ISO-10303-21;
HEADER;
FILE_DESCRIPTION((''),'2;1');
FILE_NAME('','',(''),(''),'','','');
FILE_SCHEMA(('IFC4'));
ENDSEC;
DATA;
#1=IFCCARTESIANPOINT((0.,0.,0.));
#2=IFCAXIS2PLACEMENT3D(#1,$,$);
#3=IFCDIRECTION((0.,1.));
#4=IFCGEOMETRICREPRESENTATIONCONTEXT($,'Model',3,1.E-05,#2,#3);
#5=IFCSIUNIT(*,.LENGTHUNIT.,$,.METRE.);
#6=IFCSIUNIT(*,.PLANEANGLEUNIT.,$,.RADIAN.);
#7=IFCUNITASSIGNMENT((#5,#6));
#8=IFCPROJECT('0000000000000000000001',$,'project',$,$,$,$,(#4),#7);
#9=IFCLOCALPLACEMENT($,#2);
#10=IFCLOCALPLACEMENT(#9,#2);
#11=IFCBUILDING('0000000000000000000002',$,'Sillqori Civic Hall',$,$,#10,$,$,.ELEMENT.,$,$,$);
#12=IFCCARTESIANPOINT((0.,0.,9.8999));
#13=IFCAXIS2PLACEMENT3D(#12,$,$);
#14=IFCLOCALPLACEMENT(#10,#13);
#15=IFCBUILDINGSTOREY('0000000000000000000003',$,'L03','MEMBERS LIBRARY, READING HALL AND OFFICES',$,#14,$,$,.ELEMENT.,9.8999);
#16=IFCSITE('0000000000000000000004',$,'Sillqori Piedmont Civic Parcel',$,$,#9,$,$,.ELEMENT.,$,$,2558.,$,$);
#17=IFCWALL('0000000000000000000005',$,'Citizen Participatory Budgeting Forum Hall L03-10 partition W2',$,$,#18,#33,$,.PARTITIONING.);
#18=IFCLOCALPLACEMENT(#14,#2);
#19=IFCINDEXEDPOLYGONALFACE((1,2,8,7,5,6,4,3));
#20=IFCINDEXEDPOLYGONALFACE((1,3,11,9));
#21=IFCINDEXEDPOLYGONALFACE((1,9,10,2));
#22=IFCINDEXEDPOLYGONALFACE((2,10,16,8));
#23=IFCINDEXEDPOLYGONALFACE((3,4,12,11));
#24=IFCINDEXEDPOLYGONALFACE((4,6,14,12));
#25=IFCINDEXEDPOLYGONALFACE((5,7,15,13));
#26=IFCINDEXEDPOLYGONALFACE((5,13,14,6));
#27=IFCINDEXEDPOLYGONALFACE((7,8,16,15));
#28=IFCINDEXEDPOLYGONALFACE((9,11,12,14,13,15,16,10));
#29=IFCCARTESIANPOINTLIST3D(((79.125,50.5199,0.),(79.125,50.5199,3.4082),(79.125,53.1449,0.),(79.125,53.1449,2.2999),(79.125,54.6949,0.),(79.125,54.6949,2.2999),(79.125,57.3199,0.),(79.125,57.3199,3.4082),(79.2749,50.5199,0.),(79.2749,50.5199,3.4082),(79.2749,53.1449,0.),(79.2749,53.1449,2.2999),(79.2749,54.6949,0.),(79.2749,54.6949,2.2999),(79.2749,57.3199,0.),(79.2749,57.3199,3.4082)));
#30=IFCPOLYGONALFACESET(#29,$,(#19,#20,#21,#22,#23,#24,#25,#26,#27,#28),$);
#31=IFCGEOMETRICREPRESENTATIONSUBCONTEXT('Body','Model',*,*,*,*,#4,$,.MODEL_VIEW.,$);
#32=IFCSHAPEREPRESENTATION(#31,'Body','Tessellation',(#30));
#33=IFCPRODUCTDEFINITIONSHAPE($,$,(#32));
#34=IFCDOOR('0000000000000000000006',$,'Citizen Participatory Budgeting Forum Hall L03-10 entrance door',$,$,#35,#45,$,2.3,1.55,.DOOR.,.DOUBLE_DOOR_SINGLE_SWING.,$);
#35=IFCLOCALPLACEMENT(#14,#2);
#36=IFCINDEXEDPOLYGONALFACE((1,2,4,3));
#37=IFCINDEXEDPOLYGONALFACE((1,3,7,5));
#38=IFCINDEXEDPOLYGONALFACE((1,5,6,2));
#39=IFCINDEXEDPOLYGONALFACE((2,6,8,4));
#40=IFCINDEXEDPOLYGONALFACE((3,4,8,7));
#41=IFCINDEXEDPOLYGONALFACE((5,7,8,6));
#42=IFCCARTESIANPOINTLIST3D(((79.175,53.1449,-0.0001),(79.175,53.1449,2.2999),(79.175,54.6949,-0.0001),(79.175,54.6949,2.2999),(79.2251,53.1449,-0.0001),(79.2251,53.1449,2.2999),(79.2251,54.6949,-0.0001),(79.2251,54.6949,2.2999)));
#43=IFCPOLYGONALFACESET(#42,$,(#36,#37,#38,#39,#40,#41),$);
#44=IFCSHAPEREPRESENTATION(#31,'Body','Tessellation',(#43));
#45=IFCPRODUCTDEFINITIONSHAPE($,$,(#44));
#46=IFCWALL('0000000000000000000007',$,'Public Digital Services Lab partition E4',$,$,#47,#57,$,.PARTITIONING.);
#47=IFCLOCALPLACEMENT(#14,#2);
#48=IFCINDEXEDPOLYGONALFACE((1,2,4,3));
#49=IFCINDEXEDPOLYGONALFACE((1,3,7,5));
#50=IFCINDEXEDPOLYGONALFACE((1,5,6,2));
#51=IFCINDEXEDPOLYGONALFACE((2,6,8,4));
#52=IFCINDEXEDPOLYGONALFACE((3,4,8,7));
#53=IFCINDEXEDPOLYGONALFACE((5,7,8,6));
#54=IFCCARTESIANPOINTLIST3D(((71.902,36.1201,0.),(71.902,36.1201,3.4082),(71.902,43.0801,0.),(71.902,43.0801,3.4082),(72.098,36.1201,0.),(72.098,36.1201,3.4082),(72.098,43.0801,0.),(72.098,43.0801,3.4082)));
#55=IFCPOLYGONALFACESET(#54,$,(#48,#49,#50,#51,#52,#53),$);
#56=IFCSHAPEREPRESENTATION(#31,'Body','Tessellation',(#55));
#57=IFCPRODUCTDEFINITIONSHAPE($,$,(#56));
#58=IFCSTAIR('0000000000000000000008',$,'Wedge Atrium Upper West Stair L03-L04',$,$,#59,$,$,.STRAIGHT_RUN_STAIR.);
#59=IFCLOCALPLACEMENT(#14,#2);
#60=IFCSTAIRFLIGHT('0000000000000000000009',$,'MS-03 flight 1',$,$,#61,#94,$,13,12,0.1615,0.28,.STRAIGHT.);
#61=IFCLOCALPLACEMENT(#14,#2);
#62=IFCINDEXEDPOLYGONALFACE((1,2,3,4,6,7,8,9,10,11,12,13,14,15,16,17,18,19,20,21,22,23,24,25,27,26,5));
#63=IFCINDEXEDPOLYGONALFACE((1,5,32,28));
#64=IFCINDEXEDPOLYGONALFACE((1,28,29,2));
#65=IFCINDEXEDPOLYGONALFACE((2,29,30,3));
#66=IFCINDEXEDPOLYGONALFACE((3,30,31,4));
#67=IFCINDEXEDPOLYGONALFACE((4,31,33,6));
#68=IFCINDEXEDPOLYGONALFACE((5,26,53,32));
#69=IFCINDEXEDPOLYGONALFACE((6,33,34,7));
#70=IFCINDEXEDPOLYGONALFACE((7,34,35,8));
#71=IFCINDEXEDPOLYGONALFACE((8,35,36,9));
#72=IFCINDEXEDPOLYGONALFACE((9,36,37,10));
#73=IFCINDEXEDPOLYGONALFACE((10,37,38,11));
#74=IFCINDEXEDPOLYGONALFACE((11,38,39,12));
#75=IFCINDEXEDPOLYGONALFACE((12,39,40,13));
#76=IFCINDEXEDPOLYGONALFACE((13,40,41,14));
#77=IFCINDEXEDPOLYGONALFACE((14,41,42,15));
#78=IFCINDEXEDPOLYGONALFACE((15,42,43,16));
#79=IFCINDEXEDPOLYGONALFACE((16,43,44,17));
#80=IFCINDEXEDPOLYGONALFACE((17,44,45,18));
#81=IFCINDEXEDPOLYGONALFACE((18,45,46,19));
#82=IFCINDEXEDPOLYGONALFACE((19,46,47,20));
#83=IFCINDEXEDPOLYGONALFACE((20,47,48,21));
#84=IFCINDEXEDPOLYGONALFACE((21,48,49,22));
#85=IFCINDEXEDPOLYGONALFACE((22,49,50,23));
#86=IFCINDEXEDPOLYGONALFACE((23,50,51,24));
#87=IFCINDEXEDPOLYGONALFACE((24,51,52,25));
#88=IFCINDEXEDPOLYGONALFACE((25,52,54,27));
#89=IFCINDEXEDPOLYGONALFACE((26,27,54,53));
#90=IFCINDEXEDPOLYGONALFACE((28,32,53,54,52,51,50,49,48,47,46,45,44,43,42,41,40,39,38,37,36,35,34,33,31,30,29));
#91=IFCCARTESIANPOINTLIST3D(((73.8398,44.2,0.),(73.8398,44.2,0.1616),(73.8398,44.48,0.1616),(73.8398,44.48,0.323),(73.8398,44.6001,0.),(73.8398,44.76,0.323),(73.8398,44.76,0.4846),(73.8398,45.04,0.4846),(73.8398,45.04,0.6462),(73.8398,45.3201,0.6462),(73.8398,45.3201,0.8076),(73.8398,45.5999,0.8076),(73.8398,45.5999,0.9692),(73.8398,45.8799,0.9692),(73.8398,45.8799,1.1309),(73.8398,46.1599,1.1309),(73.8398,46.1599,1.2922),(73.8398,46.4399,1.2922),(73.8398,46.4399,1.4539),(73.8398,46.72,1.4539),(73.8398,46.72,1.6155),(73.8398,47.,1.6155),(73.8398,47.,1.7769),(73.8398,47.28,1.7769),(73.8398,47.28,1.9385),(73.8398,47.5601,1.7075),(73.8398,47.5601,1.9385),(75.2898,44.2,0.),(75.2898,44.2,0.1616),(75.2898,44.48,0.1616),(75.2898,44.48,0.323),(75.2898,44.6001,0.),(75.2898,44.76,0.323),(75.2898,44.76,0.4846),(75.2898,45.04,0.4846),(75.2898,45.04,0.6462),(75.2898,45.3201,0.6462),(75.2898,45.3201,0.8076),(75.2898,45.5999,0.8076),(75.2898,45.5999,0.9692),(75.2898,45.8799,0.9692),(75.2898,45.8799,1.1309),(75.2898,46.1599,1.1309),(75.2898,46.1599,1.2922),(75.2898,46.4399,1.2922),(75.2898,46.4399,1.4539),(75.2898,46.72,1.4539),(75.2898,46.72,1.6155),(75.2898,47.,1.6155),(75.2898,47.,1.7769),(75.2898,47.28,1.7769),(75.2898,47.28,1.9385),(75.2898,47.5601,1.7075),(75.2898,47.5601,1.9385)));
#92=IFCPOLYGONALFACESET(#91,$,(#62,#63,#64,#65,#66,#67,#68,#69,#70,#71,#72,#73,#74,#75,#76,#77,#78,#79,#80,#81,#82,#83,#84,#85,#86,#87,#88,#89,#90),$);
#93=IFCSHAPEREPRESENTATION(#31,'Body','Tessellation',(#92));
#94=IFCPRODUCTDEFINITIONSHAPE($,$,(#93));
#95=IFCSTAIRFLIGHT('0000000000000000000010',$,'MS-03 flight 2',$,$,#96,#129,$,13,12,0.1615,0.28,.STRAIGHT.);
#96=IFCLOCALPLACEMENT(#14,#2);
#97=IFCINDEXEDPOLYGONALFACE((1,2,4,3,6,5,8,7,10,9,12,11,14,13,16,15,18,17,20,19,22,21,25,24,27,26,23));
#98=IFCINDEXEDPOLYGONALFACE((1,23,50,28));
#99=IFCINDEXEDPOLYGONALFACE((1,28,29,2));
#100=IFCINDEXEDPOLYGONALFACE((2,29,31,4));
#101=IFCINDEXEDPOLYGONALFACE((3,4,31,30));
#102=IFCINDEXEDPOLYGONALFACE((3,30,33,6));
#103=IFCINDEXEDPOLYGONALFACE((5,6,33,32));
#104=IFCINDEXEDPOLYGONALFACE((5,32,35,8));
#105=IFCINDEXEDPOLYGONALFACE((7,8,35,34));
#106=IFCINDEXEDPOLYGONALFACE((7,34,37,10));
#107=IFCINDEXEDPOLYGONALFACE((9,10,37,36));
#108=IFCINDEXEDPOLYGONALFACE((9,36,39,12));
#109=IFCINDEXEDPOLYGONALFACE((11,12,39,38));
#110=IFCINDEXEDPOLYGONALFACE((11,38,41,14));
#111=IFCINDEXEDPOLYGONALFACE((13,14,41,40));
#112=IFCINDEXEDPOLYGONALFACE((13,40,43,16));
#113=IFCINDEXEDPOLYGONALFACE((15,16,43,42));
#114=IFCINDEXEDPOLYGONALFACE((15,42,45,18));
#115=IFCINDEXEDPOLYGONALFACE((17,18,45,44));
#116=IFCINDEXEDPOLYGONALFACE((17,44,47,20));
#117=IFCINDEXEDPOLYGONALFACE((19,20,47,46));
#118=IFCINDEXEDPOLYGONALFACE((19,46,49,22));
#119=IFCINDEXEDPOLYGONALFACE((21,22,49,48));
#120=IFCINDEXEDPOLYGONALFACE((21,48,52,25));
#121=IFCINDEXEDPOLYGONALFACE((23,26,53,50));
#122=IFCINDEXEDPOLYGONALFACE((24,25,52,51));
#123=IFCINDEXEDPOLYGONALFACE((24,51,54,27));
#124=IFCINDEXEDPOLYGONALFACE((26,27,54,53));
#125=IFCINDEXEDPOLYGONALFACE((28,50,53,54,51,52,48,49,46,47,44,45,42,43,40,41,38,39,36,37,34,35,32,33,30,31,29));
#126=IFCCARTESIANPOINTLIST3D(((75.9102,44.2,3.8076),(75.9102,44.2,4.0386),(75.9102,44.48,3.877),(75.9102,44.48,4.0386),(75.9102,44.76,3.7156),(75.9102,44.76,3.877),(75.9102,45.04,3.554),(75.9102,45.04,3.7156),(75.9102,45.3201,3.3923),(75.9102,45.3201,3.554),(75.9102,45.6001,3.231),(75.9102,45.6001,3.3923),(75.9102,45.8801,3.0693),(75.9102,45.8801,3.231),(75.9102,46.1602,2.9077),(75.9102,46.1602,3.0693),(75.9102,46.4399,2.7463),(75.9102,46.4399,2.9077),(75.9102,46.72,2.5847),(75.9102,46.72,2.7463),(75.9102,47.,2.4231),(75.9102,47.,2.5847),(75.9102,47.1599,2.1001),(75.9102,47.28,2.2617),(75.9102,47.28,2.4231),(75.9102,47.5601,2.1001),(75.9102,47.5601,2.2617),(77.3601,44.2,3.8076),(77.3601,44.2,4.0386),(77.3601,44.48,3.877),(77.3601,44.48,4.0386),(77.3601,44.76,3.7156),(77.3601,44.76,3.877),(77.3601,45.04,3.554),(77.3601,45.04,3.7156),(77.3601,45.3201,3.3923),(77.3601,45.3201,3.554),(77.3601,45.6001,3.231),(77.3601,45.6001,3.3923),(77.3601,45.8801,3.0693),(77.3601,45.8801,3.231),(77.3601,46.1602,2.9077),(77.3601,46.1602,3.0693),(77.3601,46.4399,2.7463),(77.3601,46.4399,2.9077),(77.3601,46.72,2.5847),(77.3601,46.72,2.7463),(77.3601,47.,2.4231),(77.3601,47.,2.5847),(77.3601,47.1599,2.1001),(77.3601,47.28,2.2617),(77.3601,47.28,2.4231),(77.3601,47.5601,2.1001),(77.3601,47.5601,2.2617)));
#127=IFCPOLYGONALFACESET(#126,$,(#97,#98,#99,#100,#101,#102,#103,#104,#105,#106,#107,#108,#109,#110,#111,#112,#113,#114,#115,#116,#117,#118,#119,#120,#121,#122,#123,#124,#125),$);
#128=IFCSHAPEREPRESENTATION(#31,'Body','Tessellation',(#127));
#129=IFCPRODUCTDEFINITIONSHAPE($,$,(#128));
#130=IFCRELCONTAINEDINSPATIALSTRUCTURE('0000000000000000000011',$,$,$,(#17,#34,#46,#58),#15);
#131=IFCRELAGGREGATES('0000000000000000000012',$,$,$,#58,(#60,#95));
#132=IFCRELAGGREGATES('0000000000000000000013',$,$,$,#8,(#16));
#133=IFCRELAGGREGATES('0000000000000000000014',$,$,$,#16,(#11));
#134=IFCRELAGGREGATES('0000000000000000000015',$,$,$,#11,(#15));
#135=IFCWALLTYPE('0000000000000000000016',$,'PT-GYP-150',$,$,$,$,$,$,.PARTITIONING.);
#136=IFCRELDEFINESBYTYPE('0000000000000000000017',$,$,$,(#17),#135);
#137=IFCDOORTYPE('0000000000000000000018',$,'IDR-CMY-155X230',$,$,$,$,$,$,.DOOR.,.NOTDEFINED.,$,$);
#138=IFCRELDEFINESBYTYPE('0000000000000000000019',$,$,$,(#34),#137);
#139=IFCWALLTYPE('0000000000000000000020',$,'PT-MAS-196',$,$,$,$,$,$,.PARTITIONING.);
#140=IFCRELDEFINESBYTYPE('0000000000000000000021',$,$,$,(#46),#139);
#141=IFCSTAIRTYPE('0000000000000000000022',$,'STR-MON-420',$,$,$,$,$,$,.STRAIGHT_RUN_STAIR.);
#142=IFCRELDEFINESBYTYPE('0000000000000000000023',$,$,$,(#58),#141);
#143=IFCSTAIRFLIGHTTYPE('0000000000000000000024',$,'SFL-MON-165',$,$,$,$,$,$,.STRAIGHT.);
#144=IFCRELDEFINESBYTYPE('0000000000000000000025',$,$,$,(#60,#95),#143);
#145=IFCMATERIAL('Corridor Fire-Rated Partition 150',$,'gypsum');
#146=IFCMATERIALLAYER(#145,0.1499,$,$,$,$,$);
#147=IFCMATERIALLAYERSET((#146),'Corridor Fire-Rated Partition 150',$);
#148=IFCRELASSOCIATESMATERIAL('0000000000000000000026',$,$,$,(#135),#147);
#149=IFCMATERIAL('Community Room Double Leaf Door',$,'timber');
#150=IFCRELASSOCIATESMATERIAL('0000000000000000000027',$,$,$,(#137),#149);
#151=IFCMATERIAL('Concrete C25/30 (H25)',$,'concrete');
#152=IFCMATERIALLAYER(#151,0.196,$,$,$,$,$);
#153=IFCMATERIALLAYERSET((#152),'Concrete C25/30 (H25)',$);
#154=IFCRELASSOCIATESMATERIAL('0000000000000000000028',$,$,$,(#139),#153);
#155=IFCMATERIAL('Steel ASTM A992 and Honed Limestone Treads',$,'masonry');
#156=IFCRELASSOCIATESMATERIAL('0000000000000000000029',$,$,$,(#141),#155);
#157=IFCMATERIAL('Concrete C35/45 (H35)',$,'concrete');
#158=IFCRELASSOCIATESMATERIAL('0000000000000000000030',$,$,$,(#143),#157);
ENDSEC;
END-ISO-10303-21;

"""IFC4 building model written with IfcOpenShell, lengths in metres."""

from ifc_helpers import new_model, si_unit, direction, frame, frame_2d, origin, place, context, subcontext, project, spatial, polyline, rectangle, outline, extrude, material, layer, layer_set, type_object, element, fill, aggregate, save


model = new_model("IFC4")

# Units and contexts
model_context = context("Model", 3, precision=1e-05, world=origin(), true_north=direction((0.0, 1.0)))
body_context = subcontext(model_context, "Body", "Model", "MODEL_VIEW")
ifc_project = project(units=[si_unit("LENGTHUNIT", "METRE"), si_unit("PLANEANGLEUNIT", "RADIAN")], contexts=[model_context])

# Site, building, storey
site_placement = place(None, origin())
site = spatial("IfcSite", under=ifc_project, at=site_placement, Name="Sillqori Piedmont Civic Parcel", CompositionType="ELEMENT", RefElevation=2558.0)
building_placement = place(site_placement, origin())
building = spatial("IfcBuilding", under=site, at=building_placement, Name="Sillqori Civic Hall", CompositionType="ELEMENT")
storey_placement = place(building_placement, frame((0.0, 0.0, 9.8999)))
storey = spatial("IfcBuildingStorey", under=building, at=storey_placement, Name="L03", Description="MEMBERS LIBRARY, READING HALL AND OFFICES", CompositionType="ELEMENT", Elevation=9.8999)

# Wall, opening, door
ifc_material_1 = material(Name="Corridor Fire-Rated Partition 150", Category="gypsum")
ifc_layer_1 = layer(ifc_material_1, 0.1499)
ifc_layer_set_1 = layer_set([ifc_layer_1], Name="Corridor Fire-Rated Partition 150")
wall_type_1 = type_object("IfcWallType", Name="PT-GYP-150", PredefinedType="PARTITIONING", material=ifc_layer_set_1)
wall_1_placement = place(storey_placement, frame((79.2, 50.52, 0.0), z_axis=(0.0, 0.0, 1.0), x_axis=(0.0, 1.0, 0.0)))
wall_1 = element("IfcWall", 1, at=wall_1_placement, inside=storey, type_object=wall_type_1, Name="Citizen Participatory Budgeting Forum Hall L03-10 partition W2", PredefinedType="PARTITIONING", context=body_context, shape_type="SweptSolid", body=[
    extrude(rectangle(XDim=6.8, YDim=0.1499, at=frame_2d((3.3999, 0.0))), origin(), (0.0, 0.0, 1.0), 3.4082),
])
opening_1_placement = place(wall_1_placement, frame((2.625, 0.0, 0.0)))
opening_1 = element("IfcOpeningElement", 2, at=opening_1_placement, cuts=wall_1, PredefinedType="OPENING", context=body_context, shape_type="SweptSolid", body=[
    extrude(rectangle(XDim=1.55, YDim=2.3, at=frame_2d((0.7749, 1.1499))), frame((0.0, 0.085, 0.0), z_axis=(0.0, -1.0, 0.0), x_axis=(1.0, 0.0, 0.0)), (0.0, 0.0, 1.0), 0.1699),
])
ifc_material_2 = material(Name="Community Room Double Leaf Door", Category="timber")
door_type_1 = type_object("IfcDoorType", Name="IDR-CMY-155X230", OperationType="NOTDEFINED", PredefinedType="DOOR", material=ifc_material_2)
door_1_placement = place(opening_1_placement, origin())
door_1 = element("IfcDoor", 3, at=door_1_placement, inside=storey, type_object=door_type_1, Name="Citizen Participatory Budgeting Forum Hall L03-10 entrance door", OperationType="DOUBLE_DOOR_SINGLE_SWING", OverallHeight=2.3, OverallWidth=1.55, PredefinedType="DOOR", context=body_context, shape_type="SweptSolid", body=[
    extrude(rectangle(XDim=1.55, YDim=2.3, at=frame_2d((0.7749, 1.1499))), frame((0.0, 0.0249, 0.0), z_axis=(0.0, -1.0, 0.0), x_axis=(1.0, 0.0, 0.0)), (0.0, 0.0, 1.0), 0.05),
])
fill(opening_1, door_1)

# Wall
ifc_material_3 = material(Name="Concrete C25/30 (H25)", Category="concrete")
ifc_layer_2 = layer(ifc_material_3, 0.196)
ifc_layer_set_2 = layer_set([ifc_layer_2], Name="Concrete C25/30 (H25)")
wall_type_2 = type_object("IfcWallType", Name="PT-MAS-196", PredefinedType="PARTITIONING", material=ifc_layer_set_2)
wall_2_placement = place(storey_placement, frame((72.0, 43.0801, 0.0), z_axis=(0.0, 0.0, 1.0), x_axis=(0.0, -1.0, 0.0)))
element("IfcWall", 4, at=wall_2_placement, inside=storey, type_object=wall_type_2, Name="Public Digital Services Lab partition E4", PredefinedType="PARTITIONING", context=body_context, shape_type="SweptSolid", body=[
    extrude(rectangle(XDim=6.96, YDim=0.196, at=frame_2d((3.48, 0.0))), origin(), (0.0, 0.0, 1.0), 3.4082),
])

# Stair, stair flights
ifc_material_4 = material(Name="Steel ASTM A992 and Honed Limestone Treads", Category="masonry")
stair_type = type_object("IfcStairType", Name="STR-MON-420", PredefinedType="STRAIGHT_RUN_STAIR", material=ifc_material_4)
stair_placement = place(storey_placement, origin())
stair = element("IfcStair", 5, at=stair_placement, inside=storey, type_object=stair_type, Name="Wedge Atrium Upper West Stair L03-L04", PredefinedType="STRAIGHT_RUN_STAIR")
ifc_material_5 = material(Name="Concrete C35/45 (H35)", Category="concrete")
stair_flight_type = type_object("IfcStairFlightType", Name="SFL-MON-165", PredefinedType="STRAIGHT", material=ifc_material_5)
stair_flight_1_placement = place(storey_placement, frame((74.5649, 44.2, 0.0), z_axis=(0.0, 0.0, 1.0), x_axis=(0.0, 1.0, 0.0)))
stair_flight_1 = element("IfcStairFlight", 6, at=stair_flight_1_placement, type_object=stair_flight_type, Name="MS-03 flight 1", NumberOfRisers=13, NumberOfTreads=12, PredefinedType="STRAIGHT", RiserHeight=0.1615, TreadLength=0.28, context=body_context, shape_type="SweptSolid", body=[
    extrude(outline(polyline([(0.0, 0.0), (0.0, 0.1616), (0.28, 0.1616), (0.28, 0.323), (0.5601, 0.323), (0.5601, 0.4846), (0.8401, 0.4846), (0.8401, 0.6462), (1.1201, 0.6462), (1.1201, 0.8076), (1.3999, 0.8076), (1.3999, 0.9692), (1.6799, 0.9692), (1.6799, 1.1309), (1.96, 1.1309), (1.96, 1.2922), (2.24, 1.2922), (2.24, 1.4539), (2.52, 1.4539), (2.52, 1.6155), (2.8, 1.6155), (2.8, 1.7769), (3.0801, 1.7769), (3.0801, 1.9385), (3.3601, 1.9385), (3.3601, 2.1001), (3.3601, 1.7075), (0.4001, 0.0), (0.0, 0.0)])), frame((0.0, 0.7251, 0.0), z_axis=(0.0, -1.0, 0.0), x_axis=(1.0, 0.0, 0.0)), (0.0, 0.0, 1.0), 1.45),
])
stair_flight_2_placement = place(storey_placement, frame((76.635, 47.5601, 2.1001), z_axis=(0.0, 0.0, 1.0), x_axis=(0.0, -1.0, 0.0)))
stair_flight_2 = element("IfcStairFlight", 7, at=stair_flight_2_placement, type_object=stair_flight_type, Name="MS-03 flight 2", NumberOfRisers=13, NumberOfTreads=12, PredefinedType="STRAIGHT", RiserHeight=0.1615, TreadLength=0.28, context=body_context, shape_type="SweptSolid", body=[
    extrude(outline(polyline([(0.0, 0.0), (0.0, 0.1616), (0.28, 0.1616), (0.28, 0.323), (0.5601, 0.323), (0.5601, 0.4846), (0.8401, 0.4846), (0.8401, 0.6462), (1.1201, 0.6462), (1.1201, 0.8076), (1.3999, 0.8076), (1.3999, 0.9692), (1.6799, 0.9692), (1.6799, 1.1309), (1.96, 1.1309), (1.96, 1.2922), (2.24, 1.2922), (2.24, 1.4539), (2.52, 1.4539), (2.52, 1.6155), (2.8, 1.6155), (2.8, 1.7769), (3.0801, 1.7769), (3.0801, 1.9385), (3.3601, 1.9385), (3.3601, 2.1001), (3.3601, 1.7075), (0.4001, 0.0), (0.0, 0.0)])), frame((0.0, 0.7251, 0.0), z_axis=(0.0, -1.0, 0.0), x_axis=(1.0, 0.0, 0.0)), (0.0, 0.0, 1.0), 1.45),
])
aggregate(stair, [stair_flight_1, stair_flight_2])

save(model, "model.ifc")
